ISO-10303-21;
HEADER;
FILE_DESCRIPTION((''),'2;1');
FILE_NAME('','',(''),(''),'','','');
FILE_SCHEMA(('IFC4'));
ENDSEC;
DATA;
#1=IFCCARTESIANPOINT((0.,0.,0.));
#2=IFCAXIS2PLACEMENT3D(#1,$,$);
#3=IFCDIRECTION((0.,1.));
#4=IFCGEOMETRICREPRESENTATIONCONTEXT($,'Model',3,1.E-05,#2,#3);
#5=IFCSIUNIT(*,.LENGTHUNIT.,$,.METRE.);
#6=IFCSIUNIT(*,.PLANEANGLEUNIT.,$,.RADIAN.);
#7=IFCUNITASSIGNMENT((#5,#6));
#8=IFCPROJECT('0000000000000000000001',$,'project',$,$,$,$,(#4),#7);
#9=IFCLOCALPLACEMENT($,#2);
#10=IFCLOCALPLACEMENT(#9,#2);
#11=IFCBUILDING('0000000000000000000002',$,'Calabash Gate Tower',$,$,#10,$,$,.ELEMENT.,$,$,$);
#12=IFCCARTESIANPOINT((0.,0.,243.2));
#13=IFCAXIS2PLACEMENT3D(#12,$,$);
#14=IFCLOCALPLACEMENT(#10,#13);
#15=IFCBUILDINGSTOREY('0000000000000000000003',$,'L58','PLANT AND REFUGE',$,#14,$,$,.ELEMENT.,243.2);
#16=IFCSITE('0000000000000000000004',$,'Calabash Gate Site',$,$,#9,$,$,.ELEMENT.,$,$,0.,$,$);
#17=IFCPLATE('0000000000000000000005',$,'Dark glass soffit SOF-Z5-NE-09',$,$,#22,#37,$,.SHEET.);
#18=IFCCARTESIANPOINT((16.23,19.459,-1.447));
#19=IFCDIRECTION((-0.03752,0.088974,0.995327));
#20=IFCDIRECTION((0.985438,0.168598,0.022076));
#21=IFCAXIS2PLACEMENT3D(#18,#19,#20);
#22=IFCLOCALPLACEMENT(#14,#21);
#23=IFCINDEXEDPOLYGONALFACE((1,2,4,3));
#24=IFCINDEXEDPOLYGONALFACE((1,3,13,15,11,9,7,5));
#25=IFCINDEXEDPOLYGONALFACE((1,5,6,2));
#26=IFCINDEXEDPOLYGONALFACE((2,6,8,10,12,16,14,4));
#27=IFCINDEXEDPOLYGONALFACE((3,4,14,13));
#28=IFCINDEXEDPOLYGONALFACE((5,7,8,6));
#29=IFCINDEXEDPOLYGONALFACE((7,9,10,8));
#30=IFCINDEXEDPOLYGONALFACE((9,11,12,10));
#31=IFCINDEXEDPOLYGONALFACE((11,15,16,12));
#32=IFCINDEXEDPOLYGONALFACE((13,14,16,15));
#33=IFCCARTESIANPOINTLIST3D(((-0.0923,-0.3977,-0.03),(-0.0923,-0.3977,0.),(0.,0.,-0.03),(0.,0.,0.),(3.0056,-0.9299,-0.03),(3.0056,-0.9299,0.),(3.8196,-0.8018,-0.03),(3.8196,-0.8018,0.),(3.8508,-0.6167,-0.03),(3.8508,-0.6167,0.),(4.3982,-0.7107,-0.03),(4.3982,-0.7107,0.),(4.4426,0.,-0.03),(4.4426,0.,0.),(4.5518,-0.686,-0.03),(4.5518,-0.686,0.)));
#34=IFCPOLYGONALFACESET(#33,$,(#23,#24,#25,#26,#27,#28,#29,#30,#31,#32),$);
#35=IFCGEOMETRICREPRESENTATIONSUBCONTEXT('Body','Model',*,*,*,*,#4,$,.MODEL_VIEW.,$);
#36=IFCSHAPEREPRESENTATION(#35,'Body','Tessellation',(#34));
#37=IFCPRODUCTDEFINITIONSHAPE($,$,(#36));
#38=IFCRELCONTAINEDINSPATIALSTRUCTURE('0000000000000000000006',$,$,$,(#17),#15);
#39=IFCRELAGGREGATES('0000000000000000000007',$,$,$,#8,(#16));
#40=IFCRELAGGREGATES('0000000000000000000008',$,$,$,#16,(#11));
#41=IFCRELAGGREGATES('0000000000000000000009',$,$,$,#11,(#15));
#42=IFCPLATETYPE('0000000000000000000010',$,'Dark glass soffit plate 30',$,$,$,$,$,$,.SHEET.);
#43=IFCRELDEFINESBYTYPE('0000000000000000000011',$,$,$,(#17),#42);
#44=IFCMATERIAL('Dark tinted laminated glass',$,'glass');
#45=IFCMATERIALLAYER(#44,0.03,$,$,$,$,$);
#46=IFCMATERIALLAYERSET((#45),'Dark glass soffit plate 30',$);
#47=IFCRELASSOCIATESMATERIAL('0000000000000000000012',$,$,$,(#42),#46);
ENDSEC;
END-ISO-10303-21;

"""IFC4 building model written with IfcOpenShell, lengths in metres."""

from ifc_helpers import new_model, si_unit, direction, frame, origin, place, context, subcontext, project, spatial, polyline, outline, extrude, material, layer, layer_set, type_object, element, save


model = new_model("IFC4")

# Units and contexts
model_context = context("Model", 3, precision=1e-05, world=origin(), true_north=direction((0.0, 1.0)))
body_context = subcontext(model_context, "Body", "Model", "MODEL_VIEW")
ifc_project = project(units=[si_unit("LENGTHUNIT", "METRE"), si_unit("PLANEANGLEUNIT", "RADIAN")], contexts=[model_context])

# Site, building, storey
site_placement = place(None, origin())
site = spatial("IfcSite", under=ifc_project, at=site_placement, Name="Calabash Gate Site", CompositionType="ELEMENT", RefElevation=0.0)
building_placement = place(site_placement, origin())
building = spatial("IfcBuilding", under=site, at=building_placement, Name="Calabash Gate Tower", CompositionType="ELEMENT")
storey_placement = place(building_placement, frame((0.0, 0.0, 243.2)))
storey = spatial("IfcBuildingStorey", under=building, at=storey_placement, Name="L58", Description="PLANT AND REFUGE", CompositionType="ELEMENT", Elevation=243.2)

# Plate
ifc_material_1 = material(Name="Dark tinted laminated glass", Category="glass")
ifc_layer_1 = layer(ifc_material_1, 0.03)
ifc_layer_set_1 = layer_set([ifc_layer_1], Name="Dark glass soffit plate 30")
plate_type = type_object("IfcPlateType", Name="Dark glass soffit plate 30", PredefinedType="SHEET", material=ifc_layer_set_1)
plate_1_placement = place(storey_placement, frame((16.23, 19.459, -1.447), z_axis=(-0.03752, 0.088974, 0.995327), x_axis=(0.985438, 0.168598, 0.022076)))
element("IfcPlate", 1, at=plate_1_placement, inside=storey, type_object=plate_type, Name="Dark glass soffit SOF-Z5-NE-09", PredefinedType="SHEET", context=body_context, shape_type="SweptSolid", body=[
    extrude(outline(polyline([(0.0, 0.0), (4.4426, 0.0), (4.5518, -0.686), (4.3982, -0.7107), (3.8508, -0.6167), (3.8196, -0.8018), (3.0056, -0.9299), (-0.0923, -0.3977), (0.0, 0.0)])), origin(), (0.0, 0.0, -1.0), 0.03),
])

save(model, "model.ifc")
